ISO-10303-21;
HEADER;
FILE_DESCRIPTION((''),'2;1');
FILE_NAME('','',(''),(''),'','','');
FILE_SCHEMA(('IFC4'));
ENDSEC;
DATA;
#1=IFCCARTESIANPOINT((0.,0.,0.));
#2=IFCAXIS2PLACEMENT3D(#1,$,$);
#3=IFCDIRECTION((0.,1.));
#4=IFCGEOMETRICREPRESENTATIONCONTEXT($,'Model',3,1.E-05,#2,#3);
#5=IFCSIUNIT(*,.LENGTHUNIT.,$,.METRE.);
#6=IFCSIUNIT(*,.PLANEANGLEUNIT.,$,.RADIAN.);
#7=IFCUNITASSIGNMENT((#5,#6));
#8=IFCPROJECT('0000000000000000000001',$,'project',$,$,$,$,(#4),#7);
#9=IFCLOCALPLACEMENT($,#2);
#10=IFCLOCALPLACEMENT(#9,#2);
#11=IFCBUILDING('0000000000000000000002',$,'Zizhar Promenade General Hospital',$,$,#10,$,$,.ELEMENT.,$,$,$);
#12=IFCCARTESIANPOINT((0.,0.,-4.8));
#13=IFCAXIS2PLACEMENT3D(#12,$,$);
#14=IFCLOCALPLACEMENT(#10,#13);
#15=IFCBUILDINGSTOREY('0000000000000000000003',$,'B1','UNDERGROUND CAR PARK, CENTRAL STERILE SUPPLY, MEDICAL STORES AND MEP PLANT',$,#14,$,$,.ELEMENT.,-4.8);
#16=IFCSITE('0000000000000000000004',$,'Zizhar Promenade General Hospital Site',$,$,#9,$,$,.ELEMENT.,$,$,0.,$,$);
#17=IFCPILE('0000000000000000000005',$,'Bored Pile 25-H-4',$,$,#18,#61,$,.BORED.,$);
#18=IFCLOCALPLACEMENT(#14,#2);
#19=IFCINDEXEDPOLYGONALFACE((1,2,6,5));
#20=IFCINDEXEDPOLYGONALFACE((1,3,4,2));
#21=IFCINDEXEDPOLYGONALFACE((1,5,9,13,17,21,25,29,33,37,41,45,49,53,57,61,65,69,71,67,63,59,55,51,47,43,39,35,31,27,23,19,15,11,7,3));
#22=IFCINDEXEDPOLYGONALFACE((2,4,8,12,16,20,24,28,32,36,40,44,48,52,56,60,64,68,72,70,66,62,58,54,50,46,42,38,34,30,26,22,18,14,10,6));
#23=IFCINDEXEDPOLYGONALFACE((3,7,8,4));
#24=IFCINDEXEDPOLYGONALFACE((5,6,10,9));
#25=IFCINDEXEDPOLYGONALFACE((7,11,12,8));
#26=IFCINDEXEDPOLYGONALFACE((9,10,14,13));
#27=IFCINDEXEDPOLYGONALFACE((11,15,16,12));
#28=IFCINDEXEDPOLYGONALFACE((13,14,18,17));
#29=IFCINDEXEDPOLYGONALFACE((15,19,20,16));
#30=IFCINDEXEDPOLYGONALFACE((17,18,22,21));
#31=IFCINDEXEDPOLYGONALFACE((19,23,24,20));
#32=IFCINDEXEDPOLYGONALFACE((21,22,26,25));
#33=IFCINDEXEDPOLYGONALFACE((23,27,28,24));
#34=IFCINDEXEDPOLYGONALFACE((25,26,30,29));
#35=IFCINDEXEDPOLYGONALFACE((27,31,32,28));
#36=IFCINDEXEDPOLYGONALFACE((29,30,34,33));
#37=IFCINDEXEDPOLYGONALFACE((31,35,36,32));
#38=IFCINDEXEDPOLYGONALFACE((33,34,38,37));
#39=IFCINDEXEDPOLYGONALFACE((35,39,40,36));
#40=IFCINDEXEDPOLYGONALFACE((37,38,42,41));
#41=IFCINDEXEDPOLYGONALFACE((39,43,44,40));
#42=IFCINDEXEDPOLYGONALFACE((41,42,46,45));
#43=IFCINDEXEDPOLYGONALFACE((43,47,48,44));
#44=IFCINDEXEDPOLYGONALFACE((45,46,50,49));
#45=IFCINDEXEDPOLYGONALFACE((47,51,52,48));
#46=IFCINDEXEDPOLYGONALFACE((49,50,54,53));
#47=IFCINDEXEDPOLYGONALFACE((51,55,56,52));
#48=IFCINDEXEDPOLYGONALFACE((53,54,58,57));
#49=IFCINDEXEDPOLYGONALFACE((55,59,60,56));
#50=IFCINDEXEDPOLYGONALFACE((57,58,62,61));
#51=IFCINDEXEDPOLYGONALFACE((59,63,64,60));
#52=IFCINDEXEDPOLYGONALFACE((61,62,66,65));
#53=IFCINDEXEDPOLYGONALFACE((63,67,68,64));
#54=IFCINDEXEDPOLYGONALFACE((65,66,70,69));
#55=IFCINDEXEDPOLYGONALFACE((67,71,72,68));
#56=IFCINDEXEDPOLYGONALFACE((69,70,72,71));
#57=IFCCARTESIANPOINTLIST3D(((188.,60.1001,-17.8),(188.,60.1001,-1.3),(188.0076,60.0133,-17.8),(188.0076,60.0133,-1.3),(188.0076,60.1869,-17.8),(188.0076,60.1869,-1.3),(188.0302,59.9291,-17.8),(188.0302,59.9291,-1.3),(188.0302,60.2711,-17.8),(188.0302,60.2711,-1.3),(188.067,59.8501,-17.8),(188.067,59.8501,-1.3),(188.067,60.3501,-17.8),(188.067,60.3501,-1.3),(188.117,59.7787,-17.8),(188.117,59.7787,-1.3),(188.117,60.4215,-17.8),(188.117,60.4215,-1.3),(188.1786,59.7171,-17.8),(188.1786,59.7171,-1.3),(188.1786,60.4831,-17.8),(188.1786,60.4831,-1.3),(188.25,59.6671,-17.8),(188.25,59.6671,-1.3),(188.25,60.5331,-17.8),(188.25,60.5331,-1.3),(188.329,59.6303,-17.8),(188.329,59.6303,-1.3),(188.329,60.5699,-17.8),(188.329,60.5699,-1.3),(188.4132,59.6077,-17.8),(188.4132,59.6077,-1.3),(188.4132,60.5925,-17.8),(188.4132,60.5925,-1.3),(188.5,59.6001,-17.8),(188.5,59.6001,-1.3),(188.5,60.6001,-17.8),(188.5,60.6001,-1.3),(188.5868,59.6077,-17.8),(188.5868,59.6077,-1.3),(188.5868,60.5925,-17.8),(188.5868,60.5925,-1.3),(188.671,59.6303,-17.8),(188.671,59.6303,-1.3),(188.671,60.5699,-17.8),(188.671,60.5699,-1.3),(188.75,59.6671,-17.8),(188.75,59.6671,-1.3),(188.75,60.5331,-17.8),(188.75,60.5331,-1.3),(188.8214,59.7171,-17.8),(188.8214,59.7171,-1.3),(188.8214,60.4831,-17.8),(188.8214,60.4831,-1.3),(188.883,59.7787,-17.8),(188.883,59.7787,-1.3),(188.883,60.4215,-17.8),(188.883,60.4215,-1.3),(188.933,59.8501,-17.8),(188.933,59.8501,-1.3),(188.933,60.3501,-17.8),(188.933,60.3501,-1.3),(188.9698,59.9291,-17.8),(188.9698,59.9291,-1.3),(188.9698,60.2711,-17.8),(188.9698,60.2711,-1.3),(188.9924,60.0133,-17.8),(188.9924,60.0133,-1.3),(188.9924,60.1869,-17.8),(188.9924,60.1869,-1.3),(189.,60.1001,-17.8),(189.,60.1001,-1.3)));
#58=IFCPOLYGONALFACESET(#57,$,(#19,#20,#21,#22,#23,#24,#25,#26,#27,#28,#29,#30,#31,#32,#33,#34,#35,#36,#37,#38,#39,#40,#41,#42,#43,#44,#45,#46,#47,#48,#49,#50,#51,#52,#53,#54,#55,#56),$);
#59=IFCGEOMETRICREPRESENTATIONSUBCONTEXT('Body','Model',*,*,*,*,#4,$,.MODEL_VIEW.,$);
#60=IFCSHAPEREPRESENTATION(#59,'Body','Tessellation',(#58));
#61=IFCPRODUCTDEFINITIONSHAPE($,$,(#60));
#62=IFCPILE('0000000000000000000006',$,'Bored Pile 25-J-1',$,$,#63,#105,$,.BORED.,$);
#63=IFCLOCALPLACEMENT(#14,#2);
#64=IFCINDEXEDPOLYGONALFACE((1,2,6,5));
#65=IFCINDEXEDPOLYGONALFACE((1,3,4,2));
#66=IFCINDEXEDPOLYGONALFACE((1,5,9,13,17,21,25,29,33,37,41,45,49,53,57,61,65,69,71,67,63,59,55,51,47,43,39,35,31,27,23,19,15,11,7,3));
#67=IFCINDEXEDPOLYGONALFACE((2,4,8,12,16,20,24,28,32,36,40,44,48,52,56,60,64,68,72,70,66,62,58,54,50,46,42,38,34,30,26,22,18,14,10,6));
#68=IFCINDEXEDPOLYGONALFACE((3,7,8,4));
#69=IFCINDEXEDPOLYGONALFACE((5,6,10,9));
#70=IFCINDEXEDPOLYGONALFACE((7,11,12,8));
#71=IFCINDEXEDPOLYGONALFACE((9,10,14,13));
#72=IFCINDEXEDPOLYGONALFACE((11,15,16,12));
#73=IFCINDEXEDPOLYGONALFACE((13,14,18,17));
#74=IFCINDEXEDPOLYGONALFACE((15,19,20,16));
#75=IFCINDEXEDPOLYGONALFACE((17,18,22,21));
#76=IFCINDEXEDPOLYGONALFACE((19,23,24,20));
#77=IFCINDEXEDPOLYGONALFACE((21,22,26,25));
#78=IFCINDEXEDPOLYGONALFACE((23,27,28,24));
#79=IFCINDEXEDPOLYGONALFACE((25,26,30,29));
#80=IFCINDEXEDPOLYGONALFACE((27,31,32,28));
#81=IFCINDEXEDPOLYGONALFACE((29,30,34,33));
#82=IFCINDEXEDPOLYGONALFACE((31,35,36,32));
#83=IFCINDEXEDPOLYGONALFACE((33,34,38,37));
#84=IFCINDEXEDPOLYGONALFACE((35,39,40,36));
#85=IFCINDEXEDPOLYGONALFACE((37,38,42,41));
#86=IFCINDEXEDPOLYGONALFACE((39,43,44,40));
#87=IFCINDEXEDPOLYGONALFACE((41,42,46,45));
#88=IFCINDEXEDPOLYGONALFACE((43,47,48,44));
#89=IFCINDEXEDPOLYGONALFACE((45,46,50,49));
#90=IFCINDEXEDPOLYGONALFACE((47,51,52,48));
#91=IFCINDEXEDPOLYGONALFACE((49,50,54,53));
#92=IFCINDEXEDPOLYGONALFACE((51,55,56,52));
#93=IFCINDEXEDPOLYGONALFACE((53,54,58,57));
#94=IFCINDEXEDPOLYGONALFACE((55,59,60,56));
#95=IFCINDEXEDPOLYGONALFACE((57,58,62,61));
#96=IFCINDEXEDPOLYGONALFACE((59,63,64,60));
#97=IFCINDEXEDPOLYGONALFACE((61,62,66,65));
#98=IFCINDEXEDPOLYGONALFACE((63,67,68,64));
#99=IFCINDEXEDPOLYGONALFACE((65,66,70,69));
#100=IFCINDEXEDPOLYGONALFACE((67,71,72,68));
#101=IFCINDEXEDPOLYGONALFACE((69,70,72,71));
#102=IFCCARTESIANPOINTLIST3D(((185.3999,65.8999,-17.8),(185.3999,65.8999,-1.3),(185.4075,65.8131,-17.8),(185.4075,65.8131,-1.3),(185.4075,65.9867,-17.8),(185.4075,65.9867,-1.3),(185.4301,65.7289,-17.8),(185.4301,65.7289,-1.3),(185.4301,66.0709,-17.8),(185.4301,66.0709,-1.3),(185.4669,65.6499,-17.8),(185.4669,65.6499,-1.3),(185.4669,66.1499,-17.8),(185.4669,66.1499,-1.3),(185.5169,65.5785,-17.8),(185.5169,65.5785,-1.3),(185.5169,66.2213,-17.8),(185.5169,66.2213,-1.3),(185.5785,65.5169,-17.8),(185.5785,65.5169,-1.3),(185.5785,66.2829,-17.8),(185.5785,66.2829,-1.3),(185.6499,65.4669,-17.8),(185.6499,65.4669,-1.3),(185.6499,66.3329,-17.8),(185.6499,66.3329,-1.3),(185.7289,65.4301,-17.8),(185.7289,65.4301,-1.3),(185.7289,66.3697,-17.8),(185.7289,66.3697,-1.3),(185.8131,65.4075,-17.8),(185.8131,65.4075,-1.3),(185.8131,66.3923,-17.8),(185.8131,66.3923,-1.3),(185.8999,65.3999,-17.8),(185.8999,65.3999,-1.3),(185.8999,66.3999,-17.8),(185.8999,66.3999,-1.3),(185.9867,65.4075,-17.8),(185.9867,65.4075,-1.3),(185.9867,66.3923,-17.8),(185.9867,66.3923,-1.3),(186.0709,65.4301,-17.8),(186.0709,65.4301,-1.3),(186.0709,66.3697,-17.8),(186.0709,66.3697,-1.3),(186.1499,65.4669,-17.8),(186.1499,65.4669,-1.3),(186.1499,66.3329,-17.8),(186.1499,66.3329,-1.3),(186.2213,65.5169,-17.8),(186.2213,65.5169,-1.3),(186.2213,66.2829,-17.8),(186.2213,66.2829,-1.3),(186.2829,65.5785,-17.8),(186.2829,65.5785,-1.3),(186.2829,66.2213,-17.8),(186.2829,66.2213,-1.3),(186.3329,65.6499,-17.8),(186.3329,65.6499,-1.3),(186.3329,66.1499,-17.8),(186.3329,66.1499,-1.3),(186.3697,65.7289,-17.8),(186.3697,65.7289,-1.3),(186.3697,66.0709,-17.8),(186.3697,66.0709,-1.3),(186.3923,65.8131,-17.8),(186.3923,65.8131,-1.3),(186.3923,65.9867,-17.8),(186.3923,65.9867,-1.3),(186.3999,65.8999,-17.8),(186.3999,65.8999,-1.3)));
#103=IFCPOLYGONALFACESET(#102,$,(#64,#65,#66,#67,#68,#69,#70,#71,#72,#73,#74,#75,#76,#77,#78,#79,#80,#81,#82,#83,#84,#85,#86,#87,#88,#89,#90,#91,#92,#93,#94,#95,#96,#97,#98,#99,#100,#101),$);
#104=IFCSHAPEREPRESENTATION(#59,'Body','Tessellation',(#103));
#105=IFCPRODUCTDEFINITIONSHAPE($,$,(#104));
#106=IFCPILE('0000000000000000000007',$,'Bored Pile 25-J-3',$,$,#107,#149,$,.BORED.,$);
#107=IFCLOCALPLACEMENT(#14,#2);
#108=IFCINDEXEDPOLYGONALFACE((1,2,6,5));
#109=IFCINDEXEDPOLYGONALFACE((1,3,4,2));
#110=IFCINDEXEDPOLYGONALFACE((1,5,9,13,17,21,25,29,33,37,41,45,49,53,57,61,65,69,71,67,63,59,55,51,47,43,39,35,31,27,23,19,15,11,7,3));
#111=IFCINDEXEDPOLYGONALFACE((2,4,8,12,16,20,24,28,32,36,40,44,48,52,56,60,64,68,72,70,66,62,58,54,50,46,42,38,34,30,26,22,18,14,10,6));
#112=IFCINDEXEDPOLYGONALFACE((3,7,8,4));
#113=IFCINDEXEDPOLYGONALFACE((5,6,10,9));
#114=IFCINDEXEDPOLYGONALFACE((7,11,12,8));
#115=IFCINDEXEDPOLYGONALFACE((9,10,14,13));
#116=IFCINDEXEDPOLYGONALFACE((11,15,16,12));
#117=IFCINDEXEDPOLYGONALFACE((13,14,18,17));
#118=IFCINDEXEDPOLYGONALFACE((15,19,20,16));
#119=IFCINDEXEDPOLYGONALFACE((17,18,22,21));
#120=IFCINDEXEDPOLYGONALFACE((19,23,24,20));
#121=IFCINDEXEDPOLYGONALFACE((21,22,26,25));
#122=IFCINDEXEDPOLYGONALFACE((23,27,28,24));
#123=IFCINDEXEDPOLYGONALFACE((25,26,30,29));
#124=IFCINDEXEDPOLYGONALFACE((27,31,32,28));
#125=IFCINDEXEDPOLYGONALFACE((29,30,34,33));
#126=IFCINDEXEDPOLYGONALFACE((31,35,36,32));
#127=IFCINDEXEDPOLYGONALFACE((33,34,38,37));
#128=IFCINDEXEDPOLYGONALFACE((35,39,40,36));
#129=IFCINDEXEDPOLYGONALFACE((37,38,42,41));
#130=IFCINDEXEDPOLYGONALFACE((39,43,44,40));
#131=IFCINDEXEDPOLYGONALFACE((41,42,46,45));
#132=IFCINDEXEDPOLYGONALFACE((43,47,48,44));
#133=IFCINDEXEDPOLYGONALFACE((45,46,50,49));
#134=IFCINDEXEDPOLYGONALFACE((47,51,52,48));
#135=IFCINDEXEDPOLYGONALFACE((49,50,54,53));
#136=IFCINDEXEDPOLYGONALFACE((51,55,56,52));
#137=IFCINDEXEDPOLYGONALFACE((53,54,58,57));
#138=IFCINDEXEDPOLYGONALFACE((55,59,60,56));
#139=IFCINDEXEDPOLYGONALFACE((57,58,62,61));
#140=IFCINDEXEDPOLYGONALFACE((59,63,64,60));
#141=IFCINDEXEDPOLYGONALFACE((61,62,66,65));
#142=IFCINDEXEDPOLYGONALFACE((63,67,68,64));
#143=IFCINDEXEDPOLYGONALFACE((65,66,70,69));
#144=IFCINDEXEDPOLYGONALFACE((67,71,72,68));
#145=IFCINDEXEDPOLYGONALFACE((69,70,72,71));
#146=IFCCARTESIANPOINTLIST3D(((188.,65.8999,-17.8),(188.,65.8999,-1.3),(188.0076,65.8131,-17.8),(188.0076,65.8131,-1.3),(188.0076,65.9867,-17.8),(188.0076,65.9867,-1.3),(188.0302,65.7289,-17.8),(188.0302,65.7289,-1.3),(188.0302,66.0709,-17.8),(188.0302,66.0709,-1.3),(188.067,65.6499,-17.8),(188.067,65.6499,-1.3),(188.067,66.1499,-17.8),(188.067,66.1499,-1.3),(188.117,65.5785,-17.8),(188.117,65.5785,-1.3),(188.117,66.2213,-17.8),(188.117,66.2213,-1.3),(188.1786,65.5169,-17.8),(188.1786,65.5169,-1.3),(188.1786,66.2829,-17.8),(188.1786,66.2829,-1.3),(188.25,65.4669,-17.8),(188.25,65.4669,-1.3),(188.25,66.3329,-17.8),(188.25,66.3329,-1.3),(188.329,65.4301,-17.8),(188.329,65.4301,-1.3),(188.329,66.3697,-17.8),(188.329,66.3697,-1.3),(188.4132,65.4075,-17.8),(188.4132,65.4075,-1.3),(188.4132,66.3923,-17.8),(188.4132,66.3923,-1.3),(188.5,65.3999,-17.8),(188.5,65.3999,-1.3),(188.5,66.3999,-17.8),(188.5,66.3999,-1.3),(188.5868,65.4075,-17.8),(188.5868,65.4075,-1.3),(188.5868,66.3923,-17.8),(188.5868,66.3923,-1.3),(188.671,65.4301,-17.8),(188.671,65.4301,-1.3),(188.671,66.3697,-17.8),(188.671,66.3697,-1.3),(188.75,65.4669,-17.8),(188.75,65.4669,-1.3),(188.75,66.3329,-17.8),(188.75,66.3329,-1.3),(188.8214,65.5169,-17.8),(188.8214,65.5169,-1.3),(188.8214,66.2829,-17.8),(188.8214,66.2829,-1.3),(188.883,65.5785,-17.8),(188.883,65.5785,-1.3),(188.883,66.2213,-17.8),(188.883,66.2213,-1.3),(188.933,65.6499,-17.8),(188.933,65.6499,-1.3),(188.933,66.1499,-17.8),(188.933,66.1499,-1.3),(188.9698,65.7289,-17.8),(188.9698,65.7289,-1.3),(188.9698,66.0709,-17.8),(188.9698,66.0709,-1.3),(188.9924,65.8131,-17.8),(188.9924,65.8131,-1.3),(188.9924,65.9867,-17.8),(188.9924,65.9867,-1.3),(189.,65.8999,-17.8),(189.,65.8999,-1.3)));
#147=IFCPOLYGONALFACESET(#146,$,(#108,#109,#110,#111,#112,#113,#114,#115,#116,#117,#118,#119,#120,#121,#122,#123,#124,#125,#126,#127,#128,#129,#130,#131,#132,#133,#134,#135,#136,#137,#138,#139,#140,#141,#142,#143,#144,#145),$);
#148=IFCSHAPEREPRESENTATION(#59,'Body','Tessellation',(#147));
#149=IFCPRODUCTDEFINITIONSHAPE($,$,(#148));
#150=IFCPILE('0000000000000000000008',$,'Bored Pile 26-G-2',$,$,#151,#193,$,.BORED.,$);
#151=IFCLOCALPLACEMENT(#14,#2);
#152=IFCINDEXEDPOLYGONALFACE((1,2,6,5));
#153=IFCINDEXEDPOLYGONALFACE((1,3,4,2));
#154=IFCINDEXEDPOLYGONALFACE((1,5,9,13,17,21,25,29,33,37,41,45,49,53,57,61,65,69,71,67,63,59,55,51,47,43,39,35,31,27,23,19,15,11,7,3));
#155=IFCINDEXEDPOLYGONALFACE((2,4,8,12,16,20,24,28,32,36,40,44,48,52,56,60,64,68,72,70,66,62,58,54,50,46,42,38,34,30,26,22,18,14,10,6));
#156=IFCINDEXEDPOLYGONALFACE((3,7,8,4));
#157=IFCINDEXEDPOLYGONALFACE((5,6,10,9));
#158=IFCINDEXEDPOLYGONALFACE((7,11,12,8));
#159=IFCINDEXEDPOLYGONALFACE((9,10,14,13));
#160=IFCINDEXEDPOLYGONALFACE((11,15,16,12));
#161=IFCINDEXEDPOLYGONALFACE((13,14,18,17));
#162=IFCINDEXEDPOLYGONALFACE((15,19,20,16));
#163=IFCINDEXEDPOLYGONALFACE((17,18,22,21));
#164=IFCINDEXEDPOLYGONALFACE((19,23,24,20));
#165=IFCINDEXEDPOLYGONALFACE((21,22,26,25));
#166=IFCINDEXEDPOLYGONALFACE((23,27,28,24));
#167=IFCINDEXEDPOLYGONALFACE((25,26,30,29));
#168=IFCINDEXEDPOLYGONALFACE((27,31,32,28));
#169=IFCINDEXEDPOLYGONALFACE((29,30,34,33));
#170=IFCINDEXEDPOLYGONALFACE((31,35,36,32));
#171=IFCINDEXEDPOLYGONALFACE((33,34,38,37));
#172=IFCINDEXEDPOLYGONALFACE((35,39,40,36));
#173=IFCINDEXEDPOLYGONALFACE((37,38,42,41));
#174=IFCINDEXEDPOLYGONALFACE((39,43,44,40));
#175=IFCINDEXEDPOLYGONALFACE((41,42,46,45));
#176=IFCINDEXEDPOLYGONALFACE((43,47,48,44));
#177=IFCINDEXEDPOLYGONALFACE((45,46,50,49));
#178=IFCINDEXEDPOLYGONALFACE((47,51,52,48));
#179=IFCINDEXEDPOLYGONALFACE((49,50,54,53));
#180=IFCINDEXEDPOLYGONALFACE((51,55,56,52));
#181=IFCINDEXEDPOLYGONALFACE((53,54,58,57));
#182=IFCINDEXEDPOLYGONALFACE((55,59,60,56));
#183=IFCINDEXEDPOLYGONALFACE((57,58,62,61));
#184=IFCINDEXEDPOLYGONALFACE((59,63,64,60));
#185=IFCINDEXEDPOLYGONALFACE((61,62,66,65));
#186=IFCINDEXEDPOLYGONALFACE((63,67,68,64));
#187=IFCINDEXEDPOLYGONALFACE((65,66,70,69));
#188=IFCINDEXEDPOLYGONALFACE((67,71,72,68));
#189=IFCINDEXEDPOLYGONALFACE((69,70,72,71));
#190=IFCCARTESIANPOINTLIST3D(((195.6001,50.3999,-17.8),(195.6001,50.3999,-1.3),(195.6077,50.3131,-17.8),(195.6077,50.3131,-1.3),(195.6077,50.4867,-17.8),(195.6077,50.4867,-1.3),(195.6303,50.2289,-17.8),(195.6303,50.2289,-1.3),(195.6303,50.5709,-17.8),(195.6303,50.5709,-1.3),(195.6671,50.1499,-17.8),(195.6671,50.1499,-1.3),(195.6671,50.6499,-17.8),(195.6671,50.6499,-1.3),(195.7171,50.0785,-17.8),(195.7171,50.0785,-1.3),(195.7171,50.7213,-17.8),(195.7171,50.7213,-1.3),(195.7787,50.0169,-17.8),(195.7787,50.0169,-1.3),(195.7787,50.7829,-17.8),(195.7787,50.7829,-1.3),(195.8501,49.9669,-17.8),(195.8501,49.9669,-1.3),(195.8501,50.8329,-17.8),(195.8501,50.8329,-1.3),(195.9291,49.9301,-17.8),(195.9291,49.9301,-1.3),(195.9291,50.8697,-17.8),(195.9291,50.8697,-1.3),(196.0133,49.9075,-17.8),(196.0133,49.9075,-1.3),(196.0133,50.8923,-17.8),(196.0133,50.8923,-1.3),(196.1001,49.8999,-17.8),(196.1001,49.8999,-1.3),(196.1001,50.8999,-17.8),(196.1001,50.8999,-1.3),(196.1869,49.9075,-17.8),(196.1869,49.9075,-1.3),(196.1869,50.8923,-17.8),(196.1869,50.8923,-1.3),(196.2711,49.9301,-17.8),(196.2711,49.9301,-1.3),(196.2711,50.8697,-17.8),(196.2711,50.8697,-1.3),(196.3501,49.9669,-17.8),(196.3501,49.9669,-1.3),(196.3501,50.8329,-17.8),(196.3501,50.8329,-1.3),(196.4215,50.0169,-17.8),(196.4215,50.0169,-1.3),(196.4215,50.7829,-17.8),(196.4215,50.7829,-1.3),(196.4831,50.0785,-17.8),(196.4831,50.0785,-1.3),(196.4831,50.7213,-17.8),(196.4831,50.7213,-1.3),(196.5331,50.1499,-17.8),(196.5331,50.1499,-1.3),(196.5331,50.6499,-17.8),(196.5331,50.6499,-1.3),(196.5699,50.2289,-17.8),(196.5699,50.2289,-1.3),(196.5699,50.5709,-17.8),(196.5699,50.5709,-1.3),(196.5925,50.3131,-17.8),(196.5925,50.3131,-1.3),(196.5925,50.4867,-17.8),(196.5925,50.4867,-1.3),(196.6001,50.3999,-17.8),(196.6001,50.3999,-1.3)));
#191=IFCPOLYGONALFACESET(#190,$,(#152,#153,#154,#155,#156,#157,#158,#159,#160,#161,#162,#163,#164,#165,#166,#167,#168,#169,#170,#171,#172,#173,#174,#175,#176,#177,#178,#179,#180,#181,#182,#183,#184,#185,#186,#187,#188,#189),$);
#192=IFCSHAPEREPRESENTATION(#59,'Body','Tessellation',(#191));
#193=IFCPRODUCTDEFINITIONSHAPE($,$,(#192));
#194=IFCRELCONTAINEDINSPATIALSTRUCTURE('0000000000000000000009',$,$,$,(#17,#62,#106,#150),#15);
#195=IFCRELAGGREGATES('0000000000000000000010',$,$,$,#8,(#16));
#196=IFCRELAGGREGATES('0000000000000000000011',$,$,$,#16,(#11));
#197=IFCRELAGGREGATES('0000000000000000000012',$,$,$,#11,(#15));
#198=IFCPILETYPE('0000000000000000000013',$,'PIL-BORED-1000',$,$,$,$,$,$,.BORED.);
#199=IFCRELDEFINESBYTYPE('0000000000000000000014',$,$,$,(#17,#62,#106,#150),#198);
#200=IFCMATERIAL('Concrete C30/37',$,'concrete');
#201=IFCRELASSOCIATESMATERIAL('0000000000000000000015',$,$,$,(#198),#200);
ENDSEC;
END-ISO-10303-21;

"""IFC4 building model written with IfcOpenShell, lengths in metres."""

from ifc_helpers import new_model, si_unit, direction, frame, origin, origin_2d, place, context, subcontext, project, spatial, circle, extrude, material, material_profile, profile_set, type_object, element, save


model = new_model("IFC4")

# Units and contexts
model_context = context("Model", 3, precision=1e-05, world=origin(), true_north=direction((0.0, 1.0)))
body_context = subcontext(model_context, "Body", "Model", "MODEL_VIEW")
ifc_project = project(units=[si_unit("LENGTHUNIT", "METRE"), si_unit("PLANEANGLEUNIT", "RADIAN")], contexts=[model_context])

# Site, building, storey
site_placement = place(None, origin())
site = spatial("IfcSite", under=ifc_project, at=site_placement, Name="Zizhar Promenade General Hospital Site", CompositionType="ELEMENT", RefElevation=0.0)
building_placement = place(site_placement, origin())
building = spatial("IfcBuilding", under=site, at=building_placement, Name="Zizhar Promenade General Hospital", CompositionType="ELEMENT")
storey_placement = place(building_placement, frame((0.0, 0.0, -4.8)))
storey = spatial("IfcBuildingStorey", under=building, at=storey_placement, Name="B1", Description="UNDERGROUND CAR PARK, CENTRAL STERILE SUPPLY, MEDICAL STORES AND MEP PLANT", CompositionType="ELEMENT", Elevation=-4.8)

# Piles
ifc_material_1 = material(Name="Concrete C30/37", Category="concrete")
ifc_material_profile_1 = material_profile(ifc_material_1, circle(Radius=0.5, at=origin_2d()))
ifc_profile_set_1 = profile_set([ifc_material_profile_1], Name="Concrete C30/37")
pile_type = type_object("IfcPileType", Name="PIL-BORED-1000", PredefinedType="BORED", material=ifc_profile_set_1)
for number, where, z_axis, x_axis, name in (
    (1, (188.5, 60.1001, -1.3), (0.0, 0.0, -1.0), (1.0, 0.0, 0.0), "Bored Pile 25-H-4"),
    (2, (185.8999, 65.8999, -1.3), (0.0, 0.0, -1.0), (1.0, 0.0, 0.0), "Bored Pile 25-J-1"),
    (3, (188.5, 65.8999, -1.3), (0.0, 0.0, -1.0), (1.0, 0.0, 0.0), "Bored Pile 25-J-3"),
    (4, (196.1001, 50.3999, -1.3), (0.0, 0.0, -1.0), (1.0, 0.0, 0.0), "Bored Pile 26-G-2"),
):
    element("IfcPile", number, at=place(storey_placement, frame(where, z_axis=z_axis, x_axis=x_axis)), inside=storey, type_object=pile_type, Name=name, PredefinedType="BORED", context=body_context, shape_type="SweptSolid", body=[
        extrude(circle(Radius=0.5, at=origin_2d()), origin(), (0.0, 0.0, 1.0), 16.5),
    ])

save(model, "model.ifc")
